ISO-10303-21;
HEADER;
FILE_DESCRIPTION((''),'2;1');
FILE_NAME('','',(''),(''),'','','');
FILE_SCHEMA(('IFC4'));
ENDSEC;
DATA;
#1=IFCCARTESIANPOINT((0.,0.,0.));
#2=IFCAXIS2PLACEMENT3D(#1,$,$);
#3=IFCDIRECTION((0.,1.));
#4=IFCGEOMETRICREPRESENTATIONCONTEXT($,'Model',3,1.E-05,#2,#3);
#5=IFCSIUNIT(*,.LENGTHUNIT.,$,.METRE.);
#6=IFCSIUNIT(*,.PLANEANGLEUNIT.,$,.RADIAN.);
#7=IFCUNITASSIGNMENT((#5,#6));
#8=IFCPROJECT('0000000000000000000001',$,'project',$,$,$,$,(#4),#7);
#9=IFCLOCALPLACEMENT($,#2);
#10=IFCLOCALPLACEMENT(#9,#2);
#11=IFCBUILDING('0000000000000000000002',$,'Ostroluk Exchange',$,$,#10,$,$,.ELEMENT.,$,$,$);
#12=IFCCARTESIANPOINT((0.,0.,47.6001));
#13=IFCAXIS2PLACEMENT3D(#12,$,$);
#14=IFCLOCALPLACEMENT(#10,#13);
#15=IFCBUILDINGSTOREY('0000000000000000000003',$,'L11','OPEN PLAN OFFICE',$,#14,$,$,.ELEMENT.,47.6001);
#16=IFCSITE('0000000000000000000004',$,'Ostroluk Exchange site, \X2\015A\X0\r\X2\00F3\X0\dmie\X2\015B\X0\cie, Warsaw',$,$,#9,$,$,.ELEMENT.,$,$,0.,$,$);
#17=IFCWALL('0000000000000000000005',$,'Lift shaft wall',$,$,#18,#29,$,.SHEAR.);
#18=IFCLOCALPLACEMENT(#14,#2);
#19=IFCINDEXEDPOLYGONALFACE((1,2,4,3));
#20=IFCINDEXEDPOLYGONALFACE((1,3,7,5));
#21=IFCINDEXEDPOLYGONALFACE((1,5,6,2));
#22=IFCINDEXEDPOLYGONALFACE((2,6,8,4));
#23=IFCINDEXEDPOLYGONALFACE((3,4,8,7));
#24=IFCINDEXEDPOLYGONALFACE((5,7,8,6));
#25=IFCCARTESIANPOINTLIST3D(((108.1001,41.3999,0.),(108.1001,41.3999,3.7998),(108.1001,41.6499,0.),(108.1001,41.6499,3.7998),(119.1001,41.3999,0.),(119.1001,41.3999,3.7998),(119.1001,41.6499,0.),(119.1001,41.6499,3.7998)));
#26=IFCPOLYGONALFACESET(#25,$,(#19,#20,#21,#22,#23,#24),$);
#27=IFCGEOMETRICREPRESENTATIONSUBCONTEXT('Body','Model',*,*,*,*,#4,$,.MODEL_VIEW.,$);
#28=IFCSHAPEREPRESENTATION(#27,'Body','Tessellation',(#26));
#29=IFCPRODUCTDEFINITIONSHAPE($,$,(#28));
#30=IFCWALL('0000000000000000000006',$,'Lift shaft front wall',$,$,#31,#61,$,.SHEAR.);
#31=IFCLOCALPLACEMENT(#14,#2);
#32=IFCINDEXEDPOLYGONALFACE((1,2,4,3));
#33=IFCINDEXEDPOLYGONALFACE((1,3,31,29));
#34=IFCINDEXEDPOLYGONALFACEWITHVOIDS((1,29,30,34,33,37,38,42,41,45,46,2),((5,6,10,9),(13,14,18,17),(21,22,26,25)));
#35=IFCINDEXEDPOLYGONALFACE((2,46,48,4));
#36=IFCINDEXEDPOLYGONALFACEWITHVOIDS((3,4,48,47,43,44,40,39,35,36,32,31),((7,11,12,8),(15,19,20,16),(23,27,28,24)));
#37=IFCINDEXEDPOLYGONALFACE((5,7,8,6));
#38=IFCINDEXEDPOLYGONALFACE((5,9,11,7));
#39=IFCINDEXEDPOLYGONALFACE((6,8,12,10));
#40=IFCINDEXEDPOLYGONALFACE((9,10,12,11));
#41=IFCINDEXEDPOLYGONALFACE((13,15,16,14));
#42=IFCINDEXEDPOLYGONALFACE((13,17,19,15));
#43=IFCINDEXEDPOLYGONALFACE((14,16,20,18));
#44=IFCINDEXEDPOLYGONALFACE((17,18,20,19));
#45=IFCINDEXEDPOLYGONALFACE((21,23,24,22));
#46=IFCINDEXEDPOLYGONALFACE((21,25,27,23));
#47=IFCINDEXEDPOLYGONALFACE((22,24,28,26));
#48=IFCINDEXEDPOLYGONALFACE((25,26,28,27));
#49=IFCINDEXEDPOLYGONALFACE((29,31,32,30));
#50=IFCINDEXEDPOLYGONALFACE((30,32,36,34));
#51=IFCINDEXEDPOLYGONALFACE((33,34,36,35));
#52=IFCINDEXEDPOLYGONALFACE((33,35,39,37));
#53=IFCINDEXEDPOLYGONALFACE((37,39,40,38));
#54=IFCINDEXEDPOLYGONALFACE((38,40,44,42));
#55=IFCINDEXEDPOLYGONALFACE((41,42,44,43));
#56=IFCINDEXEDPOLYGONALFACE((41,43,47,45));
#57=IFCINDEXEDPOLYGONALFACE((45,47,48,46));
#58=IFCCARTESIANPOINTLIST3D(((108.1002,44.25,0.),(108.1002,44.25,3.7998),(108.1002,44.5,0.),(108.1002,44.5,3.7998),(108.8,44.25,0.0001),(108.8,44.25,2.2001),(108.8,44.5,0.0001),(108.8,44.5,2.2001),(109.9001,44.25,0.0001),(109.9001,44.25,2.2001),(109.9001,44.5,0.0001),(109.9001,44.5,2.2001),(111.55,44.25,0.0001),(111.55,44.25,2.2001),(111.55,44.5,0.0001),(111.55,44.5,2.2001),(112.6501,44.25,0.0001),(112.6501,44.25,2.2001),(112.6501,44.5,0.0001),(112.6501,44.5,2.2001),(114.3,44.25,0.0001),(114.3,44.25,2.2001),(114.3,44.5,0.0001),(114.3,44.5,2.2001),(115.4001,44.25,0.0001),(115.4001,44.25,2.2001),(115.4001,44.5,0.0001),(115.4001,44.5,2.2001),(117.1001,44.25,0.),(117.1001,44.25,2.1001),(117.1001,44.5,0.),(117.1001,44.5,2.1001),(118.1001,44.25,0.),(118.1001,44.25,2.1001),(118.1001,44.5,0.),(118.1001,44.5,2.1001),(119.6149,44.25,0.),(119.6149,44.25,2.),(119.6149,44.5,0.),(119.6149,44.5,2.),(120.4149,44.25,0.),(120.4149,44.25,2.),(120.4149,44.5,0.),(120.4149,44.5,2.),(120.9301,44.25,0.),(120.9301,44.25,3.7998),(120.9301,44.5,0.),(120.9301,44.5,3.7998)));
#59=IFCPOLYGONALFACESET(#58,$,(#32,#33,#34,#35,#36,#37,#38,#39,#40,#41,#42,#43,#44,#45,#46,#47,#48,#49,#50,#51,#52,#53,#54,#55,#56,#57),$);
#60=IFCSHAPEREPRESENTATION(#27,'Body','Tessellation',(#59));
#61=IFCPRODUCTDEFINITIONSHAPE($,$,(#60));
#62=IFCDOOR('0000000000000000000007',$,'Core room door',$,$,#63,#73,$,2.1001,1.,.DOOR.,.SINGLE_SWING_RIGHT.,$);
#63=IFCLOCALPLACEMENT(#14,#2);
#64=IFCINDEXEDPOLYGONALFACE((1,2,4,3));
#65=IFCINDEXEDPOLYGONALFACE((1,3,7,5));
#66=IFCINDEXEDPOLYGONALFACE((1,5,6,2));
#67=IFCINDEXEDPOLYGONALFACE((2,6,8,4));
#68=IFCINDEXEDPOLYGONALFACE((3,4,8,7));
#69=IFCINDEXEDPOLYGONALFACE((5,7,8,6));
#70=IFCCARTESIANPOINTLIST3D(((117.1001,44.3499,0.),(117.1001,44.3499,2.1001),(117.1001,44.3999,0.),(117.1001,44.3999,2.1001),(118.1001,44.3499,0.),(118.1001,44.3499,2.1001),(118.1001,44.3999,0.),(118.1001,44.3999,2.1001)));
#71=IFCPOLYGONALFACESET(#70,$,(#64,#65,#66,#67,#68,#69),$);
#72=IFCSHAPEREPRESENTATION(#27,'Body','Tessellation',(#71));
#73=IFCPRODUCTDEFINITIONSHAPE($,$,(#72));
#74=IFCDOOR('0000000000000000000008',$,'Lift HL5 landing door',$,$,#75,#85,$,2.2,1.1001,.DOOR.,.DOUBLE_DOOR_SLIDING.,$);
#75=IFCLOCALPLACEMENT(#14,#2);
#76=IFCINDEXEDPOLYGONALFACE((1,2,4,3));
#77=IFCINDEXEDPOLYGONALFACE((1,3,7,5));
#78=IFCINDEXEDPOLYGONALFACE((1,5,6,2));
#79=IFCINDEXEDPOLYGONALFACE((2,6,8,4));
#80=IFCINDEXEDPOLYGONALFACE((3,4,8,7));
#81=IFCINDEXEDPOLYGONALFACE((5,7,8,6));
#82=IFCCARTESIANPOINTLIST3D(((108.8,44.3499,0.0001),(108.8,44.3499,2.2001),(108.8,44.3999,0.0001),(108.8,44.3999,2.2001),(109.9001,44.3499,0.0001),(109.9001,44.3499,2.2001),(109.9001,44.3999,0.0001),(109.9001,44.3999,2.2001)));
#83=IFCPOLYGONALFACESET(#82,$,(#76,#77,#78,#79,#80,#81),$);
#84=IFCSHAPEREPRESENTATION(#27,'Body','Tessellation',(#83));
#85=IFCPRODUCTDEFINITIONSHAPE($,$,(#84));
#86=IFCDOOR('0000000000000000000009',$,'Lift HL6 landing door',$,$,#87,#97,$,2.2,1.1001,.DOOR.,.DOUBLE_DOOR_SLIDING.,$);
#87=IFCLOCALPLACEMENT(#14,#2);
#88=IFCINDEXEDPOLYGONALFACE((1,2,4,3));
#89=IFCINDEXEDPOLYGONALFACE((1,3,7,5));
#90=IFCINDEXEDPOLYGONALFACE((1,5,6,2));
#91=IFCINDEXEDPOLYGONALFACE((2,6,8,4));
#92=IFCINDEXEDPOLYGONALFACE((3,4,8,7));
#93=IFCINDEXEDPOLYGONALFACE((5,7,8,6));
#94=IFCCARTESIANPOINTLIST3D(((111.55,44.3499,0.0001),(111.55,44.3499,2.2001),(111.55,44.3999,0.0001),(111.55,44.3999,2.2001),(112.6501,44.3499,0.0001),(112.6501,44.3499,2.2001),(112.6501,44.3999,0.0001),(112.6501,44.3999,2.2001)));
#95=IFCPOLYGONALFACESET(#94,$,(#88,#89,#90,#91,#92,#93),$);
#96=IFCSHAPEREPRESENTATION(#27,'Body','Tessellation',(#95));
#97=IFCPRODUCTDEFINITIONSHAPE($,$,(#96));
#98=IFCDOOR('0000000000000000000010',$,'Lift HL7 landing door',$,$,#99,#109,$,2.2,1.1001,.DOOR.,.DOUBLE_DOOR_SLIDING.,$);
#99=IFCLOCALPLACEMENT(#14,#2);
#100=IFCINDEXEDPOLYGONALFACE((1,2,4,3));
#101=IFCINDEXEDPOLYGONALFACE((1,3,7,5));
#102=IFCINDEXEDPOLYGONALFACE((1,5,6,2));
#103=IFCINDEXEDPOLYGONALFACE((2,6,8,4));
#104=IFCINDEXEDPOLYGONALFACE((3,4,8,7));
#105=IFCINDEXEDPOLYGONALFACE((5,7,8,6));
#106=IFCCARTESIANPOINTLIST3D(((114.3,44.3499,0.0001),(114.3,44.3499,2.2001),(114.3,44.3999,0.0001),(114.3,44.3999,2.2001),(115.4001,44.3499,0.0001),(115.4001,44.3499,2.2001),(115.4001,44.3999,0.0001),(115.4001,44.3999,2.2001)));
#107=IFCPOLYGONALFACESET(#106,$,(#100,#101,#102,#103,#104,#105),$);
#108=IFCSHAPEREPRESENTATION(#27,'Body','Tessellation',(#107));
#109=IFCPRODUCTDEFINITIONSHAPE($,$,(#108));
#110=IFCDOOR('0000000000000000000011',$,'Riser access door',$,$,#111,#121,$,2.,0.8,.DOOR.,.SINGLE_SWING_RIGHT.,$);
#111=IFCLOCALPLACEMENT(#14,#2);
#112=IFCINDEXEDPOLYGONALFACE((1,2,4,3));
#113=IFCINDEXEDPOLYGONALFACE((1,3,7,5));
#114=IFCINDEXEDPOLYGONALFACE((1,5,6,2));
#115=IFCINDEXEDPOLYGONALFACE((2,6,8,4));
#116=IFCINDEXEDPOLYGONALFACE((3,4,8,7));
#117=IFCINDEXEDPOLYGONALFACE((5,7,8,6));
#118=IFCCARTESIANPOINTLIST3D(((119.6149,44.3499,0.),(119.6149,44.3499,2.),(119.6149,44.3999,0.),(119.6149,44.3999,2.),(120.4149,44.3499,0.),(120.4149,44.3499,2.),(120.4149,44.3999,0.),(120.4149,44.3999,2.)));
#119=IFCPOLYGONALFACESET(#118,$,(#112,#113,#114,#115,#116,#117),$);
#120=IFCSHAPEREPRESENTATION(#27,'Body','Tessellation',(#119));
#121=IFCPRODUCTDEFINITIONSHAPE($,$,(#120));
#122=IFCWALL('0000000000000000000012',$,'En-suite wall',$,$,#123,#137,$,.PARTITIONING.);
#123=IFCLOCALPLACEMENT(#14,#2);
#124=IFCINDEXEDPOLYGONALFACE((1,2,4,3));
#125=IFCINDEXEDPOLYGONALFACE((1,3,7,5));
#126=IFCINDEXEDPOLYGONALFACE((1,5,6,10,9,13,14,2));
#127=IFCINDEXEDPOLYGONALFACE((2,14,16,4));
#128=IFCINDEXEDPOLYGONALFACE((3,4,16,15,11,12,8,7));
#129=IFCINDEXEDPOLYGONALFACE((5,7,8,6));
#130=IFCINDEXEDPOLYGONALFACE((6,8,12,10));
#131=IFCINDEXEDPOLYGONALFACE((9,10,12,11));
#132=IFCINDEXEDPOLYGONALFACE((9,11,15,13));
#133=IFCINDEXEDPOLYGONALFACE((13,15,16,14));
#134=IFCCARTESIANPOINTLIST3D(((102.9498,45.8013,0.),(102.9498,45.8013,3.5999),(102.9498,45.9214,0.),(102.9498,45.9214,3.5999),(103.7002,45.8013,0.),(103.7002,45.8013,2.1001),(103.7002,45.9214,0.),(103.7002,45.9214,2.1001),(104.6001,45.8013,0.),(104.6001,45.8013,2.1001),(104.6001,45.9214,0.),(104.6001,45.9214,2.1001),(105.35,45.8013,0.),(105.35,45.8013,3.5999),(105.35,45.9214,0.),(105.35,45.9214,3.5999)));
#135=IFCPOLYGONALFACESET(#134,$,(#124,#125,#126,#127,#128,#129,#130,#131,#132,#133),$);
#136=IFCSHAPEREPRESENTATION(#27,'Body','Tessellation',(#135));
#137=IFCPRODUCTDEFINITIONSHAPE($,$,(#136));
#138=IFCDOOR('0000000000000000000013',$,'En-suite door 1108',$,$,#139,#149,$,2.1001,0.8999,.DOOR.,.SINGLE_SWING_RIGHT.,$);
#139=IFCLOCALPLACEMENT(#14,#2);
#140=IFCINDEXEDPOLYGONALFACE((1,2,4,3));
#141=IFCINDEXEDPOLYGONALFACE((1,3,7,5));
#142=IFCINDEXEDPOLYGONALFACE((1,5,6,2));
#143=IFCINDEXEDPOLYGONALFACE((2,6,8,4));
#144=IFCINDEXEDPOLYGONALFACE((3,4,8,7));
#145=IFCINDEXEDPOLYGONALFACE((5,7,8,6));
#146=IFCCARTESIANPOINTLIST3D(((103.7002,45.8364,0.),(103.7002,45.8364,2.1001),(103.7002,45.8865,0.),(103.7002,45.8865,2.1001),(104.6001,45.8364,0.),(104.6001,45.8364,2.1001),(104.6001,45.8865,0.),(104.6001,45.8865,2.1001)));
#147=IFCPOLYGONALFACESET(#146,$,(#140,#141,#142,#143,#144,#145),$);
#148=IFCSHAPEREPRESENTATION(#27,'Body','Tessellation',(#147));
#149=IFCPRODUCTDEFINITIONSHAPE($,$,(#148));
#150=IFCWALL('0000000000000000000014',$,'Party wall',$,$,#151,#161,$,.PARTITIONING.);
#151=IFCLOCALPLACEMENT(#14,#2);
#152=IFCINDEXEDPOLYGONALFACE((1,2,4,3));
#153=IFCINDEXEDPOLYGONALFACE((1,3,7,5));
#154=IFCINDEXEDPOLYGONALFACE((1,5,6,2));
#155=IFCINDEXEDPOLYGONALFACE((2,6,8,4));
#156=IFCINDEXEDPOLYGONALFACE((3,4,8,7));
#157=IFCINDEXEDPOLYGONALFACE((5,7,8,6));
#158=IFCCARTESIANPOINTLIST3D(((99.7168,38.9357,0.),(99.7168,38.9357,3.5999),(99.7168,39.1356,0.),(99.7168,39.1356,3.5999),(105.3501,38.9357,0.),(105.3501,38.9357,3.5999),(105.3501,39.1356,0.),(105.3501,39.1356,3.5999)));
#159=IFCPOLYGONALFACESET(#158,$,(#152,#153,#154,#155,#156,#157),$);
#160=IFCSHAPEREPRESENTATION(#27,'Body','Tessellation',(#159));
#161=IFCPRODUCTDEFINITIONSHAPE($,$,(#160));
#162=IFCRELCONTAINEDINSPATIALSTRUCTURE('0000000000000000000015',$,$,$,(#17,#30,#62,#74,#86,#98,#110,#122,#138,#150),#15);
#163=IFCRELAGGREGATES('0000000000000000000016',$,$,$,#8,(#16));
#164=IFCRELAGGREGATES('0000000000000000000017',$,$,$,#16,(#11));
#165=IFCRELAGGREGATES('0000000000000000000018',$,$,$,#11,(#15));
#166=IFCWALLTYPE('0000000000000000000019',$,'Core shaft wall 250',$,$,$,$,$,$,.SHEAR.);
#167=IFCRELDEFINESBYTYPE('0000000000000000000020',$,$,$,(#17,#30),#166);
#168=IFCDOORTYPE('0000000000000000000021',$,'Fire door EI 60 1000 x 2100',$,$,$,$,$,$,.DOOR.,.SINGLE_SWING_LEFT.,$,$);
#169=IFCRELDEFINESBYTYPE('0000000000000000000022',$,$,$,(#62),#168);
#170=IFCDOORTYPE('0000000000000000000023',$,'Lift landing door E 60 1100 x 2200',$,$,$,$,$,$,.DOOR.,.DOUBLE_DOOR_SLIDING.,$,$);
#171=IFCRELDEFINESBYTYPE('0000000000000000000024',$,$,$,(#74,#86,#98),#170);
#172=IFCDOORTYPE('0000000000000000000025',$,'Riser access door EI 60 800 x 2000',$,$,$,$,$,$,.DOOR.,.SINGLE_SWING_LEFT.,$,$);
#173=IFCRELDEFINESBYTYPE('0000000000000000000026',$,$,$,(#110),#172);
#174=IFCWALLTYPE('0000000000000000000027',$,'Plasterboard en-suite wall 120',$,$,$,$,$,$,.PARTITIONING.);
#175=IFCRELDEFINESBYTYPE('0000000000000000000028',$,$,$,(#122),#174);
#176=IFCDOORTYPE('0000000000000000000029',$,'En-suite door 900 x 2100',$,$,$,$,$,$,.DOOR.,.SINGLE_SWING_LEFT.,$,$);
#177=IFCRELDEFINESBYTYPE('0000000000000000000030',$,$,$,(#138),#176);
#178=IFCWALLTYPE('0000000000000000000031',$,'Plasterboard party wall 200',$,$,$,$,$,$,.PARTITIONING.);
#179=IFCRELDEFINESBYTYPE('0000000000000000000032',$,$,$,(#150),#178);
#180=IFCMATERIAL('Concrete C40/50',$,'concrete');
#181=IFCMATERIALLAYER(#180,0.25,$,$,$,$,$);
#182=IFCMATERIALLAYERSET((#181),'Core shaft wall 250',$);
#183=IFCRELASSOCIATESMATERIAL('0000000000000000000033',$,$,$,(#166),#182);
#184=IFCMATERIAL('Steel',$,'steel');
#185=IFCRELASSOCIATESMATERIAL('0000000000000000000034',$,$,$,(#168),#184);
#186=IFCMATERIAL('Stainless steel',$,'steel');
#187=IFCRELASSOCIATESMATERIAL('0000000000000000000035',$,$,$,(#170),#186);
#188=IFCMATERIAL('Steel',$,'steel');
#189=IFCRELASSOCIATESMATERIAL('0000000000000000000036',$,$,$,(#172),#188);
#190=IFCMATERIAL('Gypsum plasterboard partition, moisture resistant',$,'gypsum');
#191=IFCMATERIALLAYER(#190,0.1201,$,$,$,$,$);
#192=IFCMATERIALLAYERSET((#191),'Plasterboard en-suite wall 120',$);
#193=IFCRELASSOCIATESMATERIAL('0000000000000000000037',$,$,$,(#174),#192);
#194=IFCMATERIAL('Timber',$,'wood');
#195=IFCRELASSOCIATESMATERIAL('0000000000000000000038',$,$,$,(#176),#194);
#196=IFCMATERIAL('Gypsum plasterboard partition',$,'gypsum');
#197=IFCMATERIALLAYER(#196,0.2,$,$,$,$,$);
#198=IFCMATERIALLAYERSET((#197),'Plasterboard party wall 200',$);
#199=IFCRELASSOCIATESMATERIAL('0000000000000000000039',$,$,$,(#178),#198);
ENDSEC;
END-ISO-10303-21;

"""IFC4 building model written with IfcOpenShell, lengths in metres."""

from ifc_helpers import new_model, si_unit, direction, frame, frame_2d, origin, place, context, subcontext, project, spatial, rectangle, extrude, material, layer, layer_set, type_object, element, fill, save


model = new_model("IFC4")

# Units and contexts
model_context = context("Model", 3, precision=1e-05, world=origin(), true_north=direction((0.0, 1.0)))
body_context = subcontext(model_context, "Body", "Model", "MODEL_VIEW")
ifc_project = project(units=[si_unit("LENGTHUNIT", "METRE"), si_unit("PLANEANGLEUNIT", "RADIAN")], contexts=[model_context])

# Site, building, storey
site_placement = place(None, origin())
site = spatial("IfcSite", under=ifc_project, at=site_placement, Name="Ostroluk Exchange site, Śródmieście, Warsaw", CompositionType="ELEMENT", RefElevation=0.0)
building_placement = place(site_placement, origin())
building = spatial("IfcBuilding", under=site, at=building_placement, Name="Ostroluk Exchange", CompositionType="ELEMENT")
storey_placement = place(building_placement, frame((0.0, 0.0, 47.6001)))
storey = spatial("IfcBuildingStorey", under=building, at=storey_placement, Name="L11", Description="OPEN PLAN OFFICE", CompositionType="ELEMENT", Elevation=47.6001)

# Wall
ifc_material_1 = material(Name="Concrete C40/50", Category="concrete")
ifc_layer_1 = layer(ifc_material_1, 0.25)
ifc_layer_set_1 = layer_set([ifc_layer_1], Name="Core shaft wall 250")
wall_type_1 = type_object("IfcWallType", Name="Core shaft wall 250", PredefinedType="SHEAR", material=ifc_layer_set_1)
wall_1_placement = place(storey_placement, frame((108.1001, 41.5249, 0.0), z_axis=(0.0, 0.0, 1.0), x_axis=(1.0, 0.0, 0.0)))
element("IfcWall", 1, at=wall_1_placement, inside=storey, type_object=wall_type_1, Name="Lift shaft wall", PredefinedType="SHEAR", context=body_context, shape_type="SweptSolid", body=[
    extrude(rectangle(XDim=11.0, YDim=0.25, at=frame_2d((5.5, 0.0))), origin(), (0.0, 0.0, 1.0), 3.7998),
])

# Wall, openings, doors
wall_2_placement = place(storey_placement, frame((108.1001, 44.375, 0.0), z_axis=(0.0, 0.0, 1.0), x_axis=(1.0, 0.0, 0.0)))
wall_2 = element("IfcWall", 2, at=wall_2_placement, inside=storey, type_object=wall_type_1, Name="Lift shaft front wall", PredefinedType="SHEAR", context=body_context, shape_type="SweptSolid", body=[
    extrude(rectangle(XDim=12.8298, YDim=0.25, at=frame_2d((6.415, 0.0))), origin(), (0.0, 0.0, 1.0), 3.7998),
])
opening_1_placement = place(wall_2_placement, frame((0.7, 0.0, 0.0)))
opening_1 = element("IfcOpeningElement", 3, at=opening_1_placement, cuts=wall_2, PredefinedType="OPENING", context=body_context, shape_type="SweptSolid", body=[
    extrude(rectangle(XDim=1.1001, YDim=2.2, at=frame_2d((0.55, 1.1001))), frame((0.0, 0.135, 0.0), z_axis=(0.0, -1.0, 0.0), x_axis=(1.0, 0.0, 0.0)), (0.0, 0.0, 1.0), 0.27),
])
opening_2_placement = place(wall_2_placement, frame((3.45, 0.0, 0.0)))
opening_2 = element("IfcOpeningElement", 4, at=opening_2_placement, cuts=wall_2, PredefinedType="OPENING", context=body_context, shape_type="SweptSolid", body=[
    extrude(rectangle(XDim=1.1001, YDim=2.2, at=frame_2d((0.55, 1.1001))), frame((0.0, 0.135, 0.0), z_axis=(0.0, -1.0, 0.0), x_axis=(1.0, 0.0, 0.0)), (0.0, 0.0, 1.0), 0.27),
])
opening_3_placement = place(wall_2_placement, frame((6.2, 0.0, 0.0)))
opening_3 = element("IfcOpeningElement", 5, at=opening_3_placement, cuts=wall_2, PredefinedType="OPENING", context=body_context, shape_type="SweptSolid", body=[
    extrude(rectangle(XDim=1.1001, YDim=2.2, at=frame_2d((0.55, 1.1001))), frame((0.0, 0.135, 0.0), z_axis=(0.0, -1.0, 0.0), x_axis=(1.0, 0.0, 0.0)), (0.0, 0.0, 1.0), 0.27),
])
opening_4_placement = place(wall_2_placement, frame((9.0, 0.0, 0.0)))
opening_4 = element("IfcOpeningElement", 6, at=opening_4_placement, cuts=wall_2, PredefinedType="OPENING", context=body_context, shape_type="SweptSolid", body=[
    extrude(rectangle(XDim=1.0, YDim=2.1001, at=frame_2d((0.5, 1.05))), frame((0.0, 0.135, 0.0), z_axis=(0.0, -1.0, 0.0), x_axis=(1.0, 0.0, 0.0)), (0.0, 0.0, 1.0), 0.27),
])
opening_5_placement = place(wall_2_placement, frame((11.5149, 0.0, 0.0)))
opening_5 = element("IfcOpeningElement", 7, at=opening_5_placement, cuts=wall_2, PredefinedType="OPENING", context=body_context, shape_type="SweptSolid", body=[
    extrude(rectangle(XDim=0.8, YDim=2.0, at=frame_2d((0.3999, 1.0))), frame((0.0, 0.135, 0.0), z_axis=(0.0, -1.0, 0.0), x_axis=(1.0, 0.0, 0.0)), (0.0, 0.0, 1.0), 0.27),
])
ifc_material_2 = material(Name="Steel", Category="steel")
door_type_1 = type_object("IfcDoorType", Name="Fire door EI 60 1000 x 2100", OperationType="SINGLE_SWING_LEFT", PredefinedType="DOOR", material=ifc_material_2)
door_1_placement = place(opening_4_placement, origin())
door_1 = element("IfcDoor", 8, at=door_1_placement, inside=storey, type_object=door_type_1, Name="Core room door", OperationType="SINGLE_SWING_RIGHT", OverallHeight=2.1001, OverallWidth=1.0, PredefinedType="DOOR", context=body_context, shape_type="SweptSolid", body=[
    extrude(rectangle(XDim=1.0, YDim=2.1001, at=frame_2d((0.5, 1.05))), frame((0.0, 0.0249, 0.0), z_axis=(0.0, -1.0, 0.0), x_axis=(1.0, 0.0, 0.0)), (0.0, 0.0, 1.0), 0.05),
])
fill(opening_4, door_1)
ifc_material_3 = material(Name="Stainless steel", Category="steel")
door_type_2 = type_object("IfcDoorType", Name="Lift landing door E 60 1100 x 2200", OperationType="DOUBLE_DOOR_SLIDING", PredefinedType="DOOR", material=ifc_material_3)
door_2_placement = place(opening_1_placement, origin())
door_2 = element("IfcDoor", 9, at=door_2_placement, inside=storey, type_object=door_type_2, Name="Lift HL5 landing door", OperationType="DOUBLE_DOOR_SLIDING", OverallHeight=2.2, OverallWidth=1.1001, PredefinedType="DOOR", context=body_context, shape_type="SweptSolid", body=[
    extrude(rectangle(XDim=1.1001, YDim=2.2, at=frame_2d((0.55, 1.1001))), frame((0.0, 0.0249, 0.0), z_axis=(0.0, -1.0, 0.0), x_axis=(1.0, 0.0, 0.0)), (0.0, 0.0, 1.0), 0.05),
])
fill(opening_1, door_2)
door_3_placement = place(opening_2_placement, origin())
door_3 = element("IfcDoor", 10, at=door_3_placement, inside=storey, type_object=door_type_2, Name="Lift HL6 landing door", OperationType="DOUBLE_DOOR_SLIDING", OverallHeight=2.2, OverallWidth=1.1001, PredefinedType="DOOR", context=body_context, shape_type="SweptSolid", body=[
    extrude(rectangle(XDim=1.1001, YDim=2.2, at=frame_2d((0.55, 1.1001))), frame((0.0, 0.0249, 0.0), z_axis=(0.0, -1.0, 0.0), x_axis=(1.0, 0.0, 0.0)), (0.0, 0.0, 1.0), 0.05),
])
fill(opening_2, door_3)
door_4_placement = place(opening_3_placement, origin())
door_4 = element("IfcDoor", 11, at=door_4_placement, inside=storey, type_object=door_type_2, Name="Lift HL7 landing door", OperationType="DOUBLE_DOOR_SLIDING", OverallHeight=2.2, OverallWidth=1.1001, PredefinedType="DOOR", context=body_context, shape_type="SweptSolid", body=[
    extrude(rectangle(XDim=1.1001, YDim=2.2, at=frame_2d((0.55, 1.1001))), frame((0.0, 0.0249, 0.0), z_axis=(0.0, -1.0, 0.0), x_axis=(1.0, 0.0, 0.0)), (0.0, 0.0, 1.0), 0.05),
])
fill(opening_3, door_4)
ifc_material_4 = material(Name="Steel", Category="steel")
door_type_3 = type_object("IfcDoorType", Name="Riser access door EI 60 800 x 2000", OperationType="SINGLE_SWING_LEFT", PredefinedType="DOOR", material=ifc_material_4)
door_5_placement = place(opening_5_placement, origin())
door_5 = element("IfcDoor", 12, at=door_5_placement, inside=storey, type_object=door_type_3, Name="Riser access door", OperationType="SINGLE_SWING_RIGHT", OverallHeight=2.0, OverallWidth=0.8, PredefinedType="DOOR", context=body_context, shape_type="SweptSolid", body=[
    extrude(rectangle(XDim=0.8, YDim=2.0, at=frame_2d((0.3999, 1.0))), frame((0.0, 0.0249, 0.0), z_axis=(0.0, -1.0, 0.0), x_axis=(1.0, 0.0, 0.0)), (0.0, 0.0, 1.0), 0.05),
])
fill(opening_5, door_5)

# Wall, opening, door
ifc_material_5 = material(Name="Gypsum plasterboard partition, moisture resistant", Category="gypsum")
ifc_layer_2 = layer(ifc_material_5, 0.1201)
ifc_layer_set_2 = layer_set([ifc_layer_2], Name="Plasterboard en-suite wall 120")
wall_type_2 = type_object("IfcWallType", Name="Plasterboard en-suite wall 120", PredefinedType="PARTITIONING", material=ifc_layer_set_2)
wall_3_placement = place(storey_placement, frame((105.3501, 45.8613, 0.0), z_axis=(0.0, 0.0, 1.0), x_axis=(-1.0, 0.0, 0.0)))
wall_3 = element("IfcWall", 13, at=wall_3_placement, inside=storey, type_object=wall_type_2, Name="En-suite wall", PredefinedType="PARTITIONING", context=body_context, shape_type="SweptSolid", body=[
    extrude(rectangle(XDim=2.4001, YDim=0.1201, at=frame_2d((1.2002, 0.0))), origin(), (0.0, 0.0, 1.0), 3.5999),
])
opening_6_placement = place(wall_3_placement, frame((0.75, 0.0, 0.0)))
opening_6 = element("IfcOpeningElement", 14, at=opening_6_placement, cuts=wall_3, PredefinedType="OPENING", context=body_context, shape_type="SweptSolid", body=[
    extrude(rectangle(XDim=0.8999, YDim=2.1001, at=frame_2d((0.45, 1.05))), frame((0.0, 0.0701, 0.0), z_axis=(0.0, -1.0, 0.0), x_axis=(1.0, 0.0, 0.0)), (0.0, 0.0, 1.0), 0.1401),
])
ifc_material_6 = material(Name="Timber", Category="wood")
door_type_4 = type_object("IfcDoorType", Name="En-suite door 900 x 2100", OperationType="SINGLE_SWING_LEFT", PredefinedType="DOOR", material=ifc_material_6)
door_6_placement = place(opening_6_placement, origin())
door_6 = element("IfcDoor", 15, at=door_6_placement, inside=storey, type_object=door_type_4, Name="En-suite door 1108", OperationType="SINGLE_SWING_RIGHT", OverallHeight=2.1001, OverallWidth=0.8999, PredefinedType="DOOR", context=body_context, shape_type="SweptSolid", body=[
    extrude(rectangle(XDim=0.8999, YDim=2.1001, at=frame_2d((0.45, 1.05))), frame((0.0, 0.0249, 0.0), z_axis=(0.0, -1.0, 0.0), x_axis=(1.0, 0.0, 0.0)), (0.0, 0.0, 1.0), 0.05),
])
fill(opening_6, door_6)

# Wall
ifc_material_7 = material(Name="Gypsum plasterboard partition", Category="gypsum")
ifc_layer_3 = layer(ifc_material_7, 0.2)
ifc_layer_set_3 = layer_set([ifc_layer_3], Name="Plasterboard party wall 200")
wall_type_3 = type_object("IfcWallType", Name="Plasterboard party wall 200", PredefinedType="PARTITIONING", material=ifc_layer_set_3)
wall_4_placement = place(storey_placement, frame((105.3501, 39.0356, 0.0), z_axis=(0.0, 0.0, 1.0), x_axis=(-1.0, 0.0, 0.0)))
element("IfcWall", 16, at=wall_4_placement, inside=storey, type_object=wall_type_3, Name="Party wall", PredefinedType="PARTITIONING", context=body_context, shape_type="SweptSolid", body=[
    extrude(rectangle(XDim=5.6333, YDim=0.2, at=frame_2d((2.8167, 0.0))), origin(), (0.0, 0.0, 1.0), 3.5999),
])

save(model, "model.ifc")
